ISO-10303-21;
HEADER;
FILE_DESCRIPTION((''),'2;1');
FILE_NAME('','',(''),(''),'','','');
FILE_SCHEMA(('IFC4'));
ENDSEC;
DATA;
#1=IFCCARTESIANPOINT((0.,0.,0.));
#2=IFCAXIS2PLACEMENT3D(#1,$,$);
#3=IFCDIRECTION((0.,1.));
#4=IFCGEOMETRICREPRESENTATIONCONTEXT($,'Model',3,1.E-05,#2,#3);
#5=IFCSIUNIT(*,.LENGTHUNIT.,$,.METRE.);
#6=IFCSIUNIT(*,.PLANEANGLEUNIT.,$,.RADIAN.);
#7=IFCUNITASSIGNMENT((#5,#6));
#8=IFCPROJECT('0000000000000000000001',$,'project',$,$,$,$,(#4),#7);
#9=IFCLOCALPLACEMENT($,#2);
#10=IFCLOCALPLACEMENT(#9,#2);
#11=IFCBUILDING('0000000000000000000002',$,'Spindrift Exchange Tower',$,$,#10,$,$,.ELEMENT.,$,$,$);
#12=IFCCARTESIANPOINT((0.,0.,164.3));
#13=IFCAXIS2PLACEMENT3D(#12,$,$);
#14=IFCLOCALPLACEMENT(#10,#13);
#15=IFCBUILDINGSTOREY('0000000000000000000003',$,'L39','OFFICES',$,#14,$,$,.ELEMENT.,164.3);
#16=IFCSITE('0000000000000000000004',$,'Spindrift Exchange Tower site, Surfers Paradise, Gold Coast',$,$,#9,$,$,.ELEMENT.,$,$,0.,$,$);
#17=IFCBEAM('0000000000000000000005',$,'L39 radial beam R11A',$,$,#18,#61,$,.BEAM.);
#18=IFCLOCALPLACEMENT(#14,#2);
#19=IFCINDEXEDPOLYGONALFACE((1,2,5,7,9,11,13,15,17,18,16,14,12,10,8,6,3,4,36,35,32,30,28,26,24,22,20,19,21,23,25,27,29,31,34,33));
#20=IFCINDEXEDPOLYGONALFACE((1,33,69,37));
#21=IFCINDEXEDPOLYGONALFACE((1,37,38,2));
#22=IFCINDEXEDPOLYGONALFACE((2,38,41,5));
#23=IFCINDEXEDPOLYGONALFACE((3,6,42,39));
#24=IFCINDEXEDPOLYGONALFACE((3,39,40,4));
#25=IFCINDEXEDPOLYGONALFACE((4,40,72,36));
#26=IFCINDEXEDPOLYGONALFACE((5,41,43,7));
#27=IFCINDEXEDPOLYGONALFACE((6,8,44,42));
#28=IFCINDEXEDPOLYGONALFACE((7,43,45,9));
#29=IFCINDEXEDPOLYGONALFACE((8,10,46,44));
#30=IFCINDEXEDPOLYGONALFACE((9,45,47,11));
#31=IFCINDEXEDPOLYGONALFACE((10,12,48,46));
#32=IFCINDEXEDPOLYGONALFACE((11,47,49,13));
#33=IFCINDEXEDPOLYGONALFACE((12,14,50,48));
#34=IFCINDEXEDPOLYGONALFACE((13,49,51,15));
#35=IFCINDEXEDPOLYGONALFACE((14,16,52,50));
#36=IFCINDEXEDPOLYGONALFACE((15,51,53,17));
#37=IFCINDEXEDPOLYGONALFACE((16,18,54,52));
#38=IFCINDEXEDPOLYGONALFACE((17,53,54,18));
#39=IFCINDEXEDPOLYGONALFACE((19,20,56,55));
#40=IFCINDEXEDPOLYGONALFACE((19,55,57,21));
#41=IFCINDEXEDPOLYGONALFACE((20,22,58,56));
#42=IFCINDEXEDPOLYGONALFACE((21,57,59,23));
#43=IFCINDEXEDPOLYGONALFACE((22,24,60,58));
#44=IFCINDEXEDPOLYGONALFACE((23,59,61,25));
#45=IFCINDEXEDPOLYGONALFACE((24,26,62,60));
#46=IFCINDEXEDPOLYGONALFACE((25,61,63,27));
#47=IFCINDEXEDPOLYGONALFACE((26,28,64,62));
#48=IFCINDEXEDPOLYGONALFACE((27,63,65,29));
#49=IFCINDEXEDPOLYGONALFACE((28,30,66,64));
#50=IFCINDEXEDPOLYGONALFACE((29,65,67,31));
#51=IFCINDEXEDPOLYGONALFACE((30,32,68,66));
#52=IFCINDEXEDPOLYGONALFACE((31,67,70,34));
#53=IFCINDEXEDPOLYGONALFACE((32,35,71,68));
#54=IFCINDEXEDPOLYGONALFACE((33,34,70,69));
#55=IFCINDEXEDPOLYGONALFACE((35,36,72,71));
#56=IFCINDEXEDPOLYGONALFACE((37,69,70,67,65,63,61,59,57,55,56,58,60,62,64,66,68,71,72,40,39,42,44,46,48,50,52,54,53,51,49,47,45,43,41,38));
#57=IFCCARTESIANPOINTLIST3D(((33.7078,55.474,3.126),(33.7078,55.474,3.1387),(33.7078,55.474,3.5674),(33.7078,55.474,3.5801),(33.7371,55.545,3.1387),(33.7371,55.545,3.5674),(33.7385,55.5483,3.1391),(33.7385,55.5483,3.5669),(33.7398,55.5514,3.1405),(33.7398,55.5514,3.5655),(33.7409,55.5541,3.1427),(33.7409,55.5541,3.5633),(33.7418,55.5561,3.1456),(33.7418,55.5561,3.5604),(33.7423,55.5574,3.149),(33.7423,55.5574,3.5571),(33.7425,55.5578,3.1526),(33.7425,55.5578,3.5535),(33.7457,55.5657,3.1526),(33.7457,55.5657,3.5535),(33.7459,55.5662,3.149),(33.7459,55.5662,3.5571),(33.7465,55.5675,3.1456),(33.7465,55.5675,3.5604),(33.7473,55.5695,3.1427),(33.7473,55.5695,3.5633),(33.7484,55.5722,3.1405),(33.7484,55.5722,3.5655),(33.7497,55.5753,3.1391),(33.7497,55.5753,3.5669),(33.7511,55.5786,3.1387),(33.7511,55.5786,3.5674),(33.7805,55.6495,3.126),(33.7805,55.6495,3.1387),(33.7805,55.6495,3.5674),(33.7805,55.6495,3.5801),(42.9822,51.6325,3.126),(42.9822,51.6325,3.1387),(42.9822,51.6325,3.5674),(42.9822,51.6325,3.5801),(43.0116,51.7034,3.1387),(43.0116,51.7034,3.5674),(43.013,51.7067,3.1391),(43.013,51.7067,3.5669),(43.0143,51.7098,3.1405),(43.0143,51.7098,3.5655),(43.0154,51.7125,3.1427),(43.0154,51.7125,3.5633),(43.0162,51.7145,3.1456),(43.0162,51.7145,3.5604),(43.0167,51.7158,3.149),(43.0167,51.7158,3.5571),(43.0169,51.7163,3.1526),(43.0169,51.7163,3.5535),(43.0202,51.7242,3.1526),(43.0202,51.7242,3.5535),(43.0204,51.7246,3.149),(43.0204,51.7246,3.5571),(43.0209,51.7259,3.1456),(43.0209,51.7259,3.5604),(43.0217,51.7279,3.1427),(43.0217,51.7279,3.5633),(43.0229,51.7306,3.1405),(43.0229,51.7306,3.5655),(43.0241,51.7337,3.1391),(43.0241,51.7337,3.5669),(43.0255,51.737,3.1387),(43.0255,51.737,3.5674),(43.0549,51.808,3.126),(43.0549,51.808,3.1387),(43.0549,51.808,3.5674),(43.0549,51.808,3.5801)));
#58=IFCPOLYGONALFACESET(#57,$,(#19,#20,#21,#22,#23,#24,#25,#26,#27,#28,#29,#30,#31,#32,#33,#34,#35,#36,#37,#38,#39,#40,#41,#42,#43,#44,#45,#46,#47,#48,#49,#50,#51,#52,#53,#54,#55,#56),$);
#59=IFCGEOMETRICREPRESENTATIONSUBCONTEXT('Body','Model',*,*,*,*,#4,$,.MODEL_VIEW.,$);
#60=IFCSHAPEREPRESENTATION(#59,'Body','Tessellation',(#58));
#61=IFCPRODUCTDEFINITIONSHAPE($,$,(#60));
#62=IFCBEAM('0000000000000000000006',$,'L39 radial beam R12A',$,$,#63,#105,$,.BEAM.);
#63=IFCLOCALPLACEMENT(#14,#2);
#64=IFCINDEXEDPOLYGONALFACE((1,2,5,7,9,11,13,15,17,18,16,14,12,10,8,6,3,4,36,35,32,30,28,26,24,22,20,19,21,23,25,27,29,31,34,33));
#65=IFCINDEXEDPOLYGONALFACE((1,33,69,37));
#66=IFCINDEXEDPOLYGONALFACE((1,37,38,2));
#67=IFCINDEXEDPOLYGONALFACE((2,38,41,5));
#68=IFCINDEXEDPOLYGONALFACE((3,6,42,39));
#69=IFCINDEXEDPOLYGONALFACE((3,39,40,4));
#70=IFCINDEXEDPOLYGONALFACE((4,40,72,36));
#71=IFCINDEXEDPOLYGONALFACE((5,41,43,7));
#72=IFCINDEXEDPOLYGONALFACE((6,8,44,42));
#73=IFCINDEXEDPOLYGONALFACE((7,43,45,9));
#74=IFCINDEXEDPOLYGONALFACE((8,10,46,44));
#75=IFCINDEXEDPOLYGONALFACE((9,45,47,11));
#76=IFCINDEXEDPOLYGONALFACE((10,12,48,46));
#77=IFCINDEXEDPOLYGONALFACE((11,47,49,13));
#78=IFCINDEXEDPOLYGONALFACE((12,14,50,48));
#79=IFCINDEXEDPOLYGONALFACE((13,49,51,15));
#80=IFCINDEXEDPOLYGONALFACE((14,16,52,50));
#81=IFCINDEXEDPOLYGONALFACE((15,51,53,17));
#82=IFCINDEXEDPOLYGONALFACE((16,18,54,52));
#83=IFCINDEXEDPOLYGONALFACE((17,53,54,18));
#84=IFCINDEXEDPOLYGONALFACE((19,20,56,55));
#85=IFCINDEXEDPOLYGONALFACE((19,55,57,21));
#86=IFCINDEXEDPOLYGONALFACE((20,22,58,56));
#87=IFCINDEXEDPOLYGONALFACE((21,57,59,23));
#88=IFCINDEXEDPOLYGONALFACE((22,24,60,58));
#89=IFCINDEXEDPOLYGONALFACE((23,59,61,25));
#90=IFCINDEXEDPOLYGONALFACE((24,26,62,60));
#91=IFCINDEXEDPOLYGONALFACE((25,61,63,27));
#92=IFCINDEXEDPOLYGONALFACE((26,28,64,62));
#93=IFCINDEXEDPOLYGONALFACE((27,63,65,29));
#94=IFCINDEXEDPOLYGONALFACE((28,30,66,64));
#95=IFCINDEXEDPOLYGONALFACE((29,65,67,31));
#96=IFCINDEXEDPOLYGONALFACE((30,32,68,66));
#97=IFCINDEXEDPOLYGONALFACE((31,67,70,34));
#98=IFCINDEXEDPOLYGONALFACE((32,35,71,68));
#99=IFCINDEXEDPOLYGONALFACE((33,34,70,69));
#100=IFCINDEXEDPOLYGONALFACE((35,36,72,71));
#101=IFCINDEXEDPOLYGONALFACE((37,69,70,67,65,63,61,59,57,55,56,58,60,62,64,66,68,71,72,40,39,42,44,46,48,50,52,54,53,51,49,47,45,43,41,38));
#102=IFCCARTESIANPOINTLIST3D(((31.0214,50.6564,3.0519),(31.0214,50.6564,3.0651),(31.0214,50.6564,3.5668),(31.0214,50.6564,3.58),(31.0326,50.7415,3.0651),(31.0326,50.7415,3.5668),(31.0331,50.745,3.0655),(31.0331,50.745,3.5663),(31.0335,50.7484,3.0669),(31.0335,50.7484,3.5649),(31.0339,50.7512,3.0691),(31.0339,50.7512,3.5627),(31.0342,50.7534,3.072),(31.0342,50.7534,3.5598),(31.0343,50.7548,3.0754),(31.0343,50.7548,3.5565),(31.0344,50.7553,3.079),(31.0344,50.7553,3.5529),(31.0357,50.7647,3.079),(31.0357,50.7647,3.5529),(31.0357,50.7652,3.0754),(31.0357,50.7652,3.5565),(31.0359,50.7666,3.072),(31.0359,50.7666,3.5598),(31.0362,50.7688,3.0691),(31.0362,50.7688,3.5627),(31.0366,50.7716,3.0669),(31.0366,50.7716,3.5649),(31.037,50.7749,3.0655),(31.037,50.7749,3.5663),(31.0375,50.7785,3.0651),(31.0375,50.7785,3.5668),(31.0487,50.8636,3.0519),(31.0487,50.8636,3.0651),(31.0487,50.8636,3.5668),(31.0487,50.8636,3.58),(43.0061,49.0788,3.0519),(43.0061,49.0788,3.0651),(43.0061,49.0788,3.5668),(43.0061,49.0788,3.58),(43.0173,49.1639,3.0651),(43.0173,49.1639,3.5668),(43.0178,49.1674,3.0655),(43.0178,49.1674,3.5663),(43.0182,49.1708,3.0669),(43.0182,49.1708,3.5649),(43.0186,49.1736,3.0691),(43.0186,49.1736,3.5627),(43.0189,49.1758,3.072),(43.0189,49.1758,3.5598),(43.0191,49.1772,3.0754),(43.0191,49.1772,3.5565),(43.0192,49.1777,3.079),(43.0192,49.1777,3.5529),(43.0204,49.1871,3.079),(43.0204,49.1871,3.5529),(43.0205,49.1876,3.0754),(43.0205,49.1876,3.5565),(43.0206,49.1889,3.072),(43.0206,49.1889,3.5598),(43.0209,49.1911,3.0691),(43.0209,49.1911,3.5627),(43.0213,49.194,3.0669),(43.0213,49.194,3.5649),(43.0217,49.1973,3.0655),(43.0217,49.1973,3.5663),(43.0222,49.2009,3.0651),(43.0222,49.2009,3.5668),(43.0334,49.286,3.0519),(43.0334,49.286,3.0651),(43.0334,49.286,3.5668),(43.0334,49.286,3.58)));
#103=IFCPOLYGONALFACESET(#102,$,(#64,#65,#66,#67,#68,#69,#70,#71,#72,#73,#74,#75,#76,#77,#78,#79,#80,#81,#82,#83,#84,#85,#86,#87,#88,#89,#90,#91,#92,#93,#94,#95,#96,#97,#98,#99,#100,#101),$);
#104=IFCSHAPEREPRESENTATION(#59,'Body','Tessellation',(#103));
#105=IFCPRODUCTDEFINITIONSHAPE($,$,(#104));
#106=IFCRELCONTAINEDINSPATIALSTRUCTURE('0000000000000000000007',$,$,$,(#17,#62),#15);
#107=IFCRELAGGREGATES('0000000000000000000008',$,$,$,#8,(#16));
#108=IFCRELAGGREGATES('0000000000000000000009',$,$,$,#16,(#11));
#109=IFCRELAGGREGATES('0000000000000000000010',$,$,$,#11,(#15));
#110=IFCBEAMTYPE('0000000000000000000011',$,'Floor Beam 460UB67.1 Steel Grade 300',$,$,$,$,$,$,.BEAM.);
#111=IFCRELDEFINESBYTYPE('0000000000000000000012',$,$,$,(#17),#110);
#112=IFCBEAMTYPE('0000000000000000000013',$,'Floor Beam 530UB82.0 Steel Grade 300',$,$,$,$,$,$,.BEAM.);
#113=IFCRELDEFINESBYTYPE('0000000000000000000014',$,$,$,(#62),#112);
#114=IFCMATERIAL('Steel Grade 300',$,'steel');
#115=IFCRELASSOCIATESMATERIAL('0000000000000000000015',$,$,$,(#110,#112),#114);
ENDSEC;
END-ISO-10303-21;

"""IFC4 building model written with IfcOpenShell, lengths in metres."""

from ifc_helpers import new_model, si_unit, direction, frame, origin, origin_2d, place, context, subcontext, project, spatial, i_section, extrude, source, transform, mapped, material, material_profile, profile_set, type_object, element, save


model = new_model("IFC4")

# Units and contexts
model_context = context("Model", 3, precision=1e-05, world=origin(), true_north=direction((0.0, 1.0)))
body_context = subcontext(model_context, "Body", "Model", "MODEL_VIEW")
ifc_project = project(units=[si_unit("LENGTHUNIT", "METRE"), si_unit("PLANEANGLEUNIT", "RADIAN")], contexts=[model_context])

# Site, building, storey
site_placement = place(None, origin())
site = spatial("IfcSite", under=ifc_project, at=site_placement, Name="Spindrift Exchange Tower site, Surfers Paradise, Gold Coast", CompositionType="ELEMENT", RefElevation=0.0)
building_placement = place(site_placement, origin())
building = spatial("IfcBuilding", under=site, at=building_placement, Name="Spindrift Exchange Tower", CompositionType="ELEMENT")
storey_placement = place(building_placement, frame((0.0, 0.0, 164.3)))
storey = spatial("IfcBuildingStorey", under=building, at=storey_placement, Name="L39", Description="OFFICES", CompositionType="ELEMENT", Elevation=164.3)

# Beams
ifc_material_1 = material(Name="Steel Grade 300", Category="steel")
ifc_material_profile_1 = material_profile(ifc_material_1, i_section(OverallWidth=0.1899, OverallDepth=0.4541, WebThickness=0.0085, FlangeThickness=0.0127, FilletRadius=0.0139, at=origin_2d()), Name="460UB67.1")
ifc_profile_set_1 = profile_set([ifc_material_profile_1], Name="Steel Grade 300")
beam_type_1 = type_object("IfcBeamType", Name="Floor Beam 460UB67.1 Steel Grade 300", PredefinedType="BEAM", material=ifc_profile_set_1)
shared_shape_1 = source(origin(), body_context, "Body", "SweptSolid", [
    extrude(i_section(OverallWidth=0.1899, OverallDepth=0.4541, WebThickness=0.0085, FlangeThickness=0.0127, FilletRadius=0.0139, at=origin_2d()), origin(), (0.0, 0.0, 1.0), 10.0386),
])
beam_1_placement = place(storey_placement, frame((43.0186, 51.7202, 3.353), z_axis=(-0.923881, 0.38268, 0.0), x_axis=(-0.38268, -0.923881, 0.0)))
element("IfcBeam", 1, at=beam_1_placement, inside=storey, type_object=beam_type_1, Name="L39 radial beam R11A", PredefinedType="BEAM", context=body_context, shape_type="MappedRepresentation", body=[
    mapped(shared_shape_1, transform((0.0, 0.0, 0.0), scale=1.0)),
])
ifc_material_profile_2 = material_profile(ifc_material_1, i_section(OverallWidth=0.209, OverallDepth=0.5281, WebThickness=0.0095, FlangeThickness=0.0132, FilletRadius=0.0139, at=origin_2d()), Name="530UB82.0")
ifc_profile_set_2 = profile_set([ifc_material_profile_2], Name="Steel Grade 300")
beam_type_2 = type_object("IfcBeamType", Name="Floor Beam 530UB82.0 Steel Grade 300", PredefinedType="BEAM", material=ifc_profile_set_2)
shared_shape_2 = source(origin(), body_context, "Body", "SweptSolid", [
    extrude(i_section(OverallWidth=0.209, OverallDepth=0.5281, WebThickness=0.0095, FlangeThickness=0.0132, FilletRadius=0.0139, at=origin_2d()), origin(), (0.0, 0.0, 1.0), 12.0881),
])
beam_2_placement = place(storey_placement, frame((43.0198, 49.1824, 3.3159), z_axis=(-0.991447, 0.13051, 0.0), x_axis=(-0.13051, -0.991447, 0.0)))
element("IfcBeam", 2, at=beam_2_placement, inside=storey, type_object=beam_type_2, Name="L39 radial beam R12A", PredefinedType="BEAM", context=body_context, shape_type="MappedRepresentation", body=[
    mapped(shared_shape_2, transform((0.0, 0.0, 0.0), scale=1.0)),
])

save(model, "model.ifc")
